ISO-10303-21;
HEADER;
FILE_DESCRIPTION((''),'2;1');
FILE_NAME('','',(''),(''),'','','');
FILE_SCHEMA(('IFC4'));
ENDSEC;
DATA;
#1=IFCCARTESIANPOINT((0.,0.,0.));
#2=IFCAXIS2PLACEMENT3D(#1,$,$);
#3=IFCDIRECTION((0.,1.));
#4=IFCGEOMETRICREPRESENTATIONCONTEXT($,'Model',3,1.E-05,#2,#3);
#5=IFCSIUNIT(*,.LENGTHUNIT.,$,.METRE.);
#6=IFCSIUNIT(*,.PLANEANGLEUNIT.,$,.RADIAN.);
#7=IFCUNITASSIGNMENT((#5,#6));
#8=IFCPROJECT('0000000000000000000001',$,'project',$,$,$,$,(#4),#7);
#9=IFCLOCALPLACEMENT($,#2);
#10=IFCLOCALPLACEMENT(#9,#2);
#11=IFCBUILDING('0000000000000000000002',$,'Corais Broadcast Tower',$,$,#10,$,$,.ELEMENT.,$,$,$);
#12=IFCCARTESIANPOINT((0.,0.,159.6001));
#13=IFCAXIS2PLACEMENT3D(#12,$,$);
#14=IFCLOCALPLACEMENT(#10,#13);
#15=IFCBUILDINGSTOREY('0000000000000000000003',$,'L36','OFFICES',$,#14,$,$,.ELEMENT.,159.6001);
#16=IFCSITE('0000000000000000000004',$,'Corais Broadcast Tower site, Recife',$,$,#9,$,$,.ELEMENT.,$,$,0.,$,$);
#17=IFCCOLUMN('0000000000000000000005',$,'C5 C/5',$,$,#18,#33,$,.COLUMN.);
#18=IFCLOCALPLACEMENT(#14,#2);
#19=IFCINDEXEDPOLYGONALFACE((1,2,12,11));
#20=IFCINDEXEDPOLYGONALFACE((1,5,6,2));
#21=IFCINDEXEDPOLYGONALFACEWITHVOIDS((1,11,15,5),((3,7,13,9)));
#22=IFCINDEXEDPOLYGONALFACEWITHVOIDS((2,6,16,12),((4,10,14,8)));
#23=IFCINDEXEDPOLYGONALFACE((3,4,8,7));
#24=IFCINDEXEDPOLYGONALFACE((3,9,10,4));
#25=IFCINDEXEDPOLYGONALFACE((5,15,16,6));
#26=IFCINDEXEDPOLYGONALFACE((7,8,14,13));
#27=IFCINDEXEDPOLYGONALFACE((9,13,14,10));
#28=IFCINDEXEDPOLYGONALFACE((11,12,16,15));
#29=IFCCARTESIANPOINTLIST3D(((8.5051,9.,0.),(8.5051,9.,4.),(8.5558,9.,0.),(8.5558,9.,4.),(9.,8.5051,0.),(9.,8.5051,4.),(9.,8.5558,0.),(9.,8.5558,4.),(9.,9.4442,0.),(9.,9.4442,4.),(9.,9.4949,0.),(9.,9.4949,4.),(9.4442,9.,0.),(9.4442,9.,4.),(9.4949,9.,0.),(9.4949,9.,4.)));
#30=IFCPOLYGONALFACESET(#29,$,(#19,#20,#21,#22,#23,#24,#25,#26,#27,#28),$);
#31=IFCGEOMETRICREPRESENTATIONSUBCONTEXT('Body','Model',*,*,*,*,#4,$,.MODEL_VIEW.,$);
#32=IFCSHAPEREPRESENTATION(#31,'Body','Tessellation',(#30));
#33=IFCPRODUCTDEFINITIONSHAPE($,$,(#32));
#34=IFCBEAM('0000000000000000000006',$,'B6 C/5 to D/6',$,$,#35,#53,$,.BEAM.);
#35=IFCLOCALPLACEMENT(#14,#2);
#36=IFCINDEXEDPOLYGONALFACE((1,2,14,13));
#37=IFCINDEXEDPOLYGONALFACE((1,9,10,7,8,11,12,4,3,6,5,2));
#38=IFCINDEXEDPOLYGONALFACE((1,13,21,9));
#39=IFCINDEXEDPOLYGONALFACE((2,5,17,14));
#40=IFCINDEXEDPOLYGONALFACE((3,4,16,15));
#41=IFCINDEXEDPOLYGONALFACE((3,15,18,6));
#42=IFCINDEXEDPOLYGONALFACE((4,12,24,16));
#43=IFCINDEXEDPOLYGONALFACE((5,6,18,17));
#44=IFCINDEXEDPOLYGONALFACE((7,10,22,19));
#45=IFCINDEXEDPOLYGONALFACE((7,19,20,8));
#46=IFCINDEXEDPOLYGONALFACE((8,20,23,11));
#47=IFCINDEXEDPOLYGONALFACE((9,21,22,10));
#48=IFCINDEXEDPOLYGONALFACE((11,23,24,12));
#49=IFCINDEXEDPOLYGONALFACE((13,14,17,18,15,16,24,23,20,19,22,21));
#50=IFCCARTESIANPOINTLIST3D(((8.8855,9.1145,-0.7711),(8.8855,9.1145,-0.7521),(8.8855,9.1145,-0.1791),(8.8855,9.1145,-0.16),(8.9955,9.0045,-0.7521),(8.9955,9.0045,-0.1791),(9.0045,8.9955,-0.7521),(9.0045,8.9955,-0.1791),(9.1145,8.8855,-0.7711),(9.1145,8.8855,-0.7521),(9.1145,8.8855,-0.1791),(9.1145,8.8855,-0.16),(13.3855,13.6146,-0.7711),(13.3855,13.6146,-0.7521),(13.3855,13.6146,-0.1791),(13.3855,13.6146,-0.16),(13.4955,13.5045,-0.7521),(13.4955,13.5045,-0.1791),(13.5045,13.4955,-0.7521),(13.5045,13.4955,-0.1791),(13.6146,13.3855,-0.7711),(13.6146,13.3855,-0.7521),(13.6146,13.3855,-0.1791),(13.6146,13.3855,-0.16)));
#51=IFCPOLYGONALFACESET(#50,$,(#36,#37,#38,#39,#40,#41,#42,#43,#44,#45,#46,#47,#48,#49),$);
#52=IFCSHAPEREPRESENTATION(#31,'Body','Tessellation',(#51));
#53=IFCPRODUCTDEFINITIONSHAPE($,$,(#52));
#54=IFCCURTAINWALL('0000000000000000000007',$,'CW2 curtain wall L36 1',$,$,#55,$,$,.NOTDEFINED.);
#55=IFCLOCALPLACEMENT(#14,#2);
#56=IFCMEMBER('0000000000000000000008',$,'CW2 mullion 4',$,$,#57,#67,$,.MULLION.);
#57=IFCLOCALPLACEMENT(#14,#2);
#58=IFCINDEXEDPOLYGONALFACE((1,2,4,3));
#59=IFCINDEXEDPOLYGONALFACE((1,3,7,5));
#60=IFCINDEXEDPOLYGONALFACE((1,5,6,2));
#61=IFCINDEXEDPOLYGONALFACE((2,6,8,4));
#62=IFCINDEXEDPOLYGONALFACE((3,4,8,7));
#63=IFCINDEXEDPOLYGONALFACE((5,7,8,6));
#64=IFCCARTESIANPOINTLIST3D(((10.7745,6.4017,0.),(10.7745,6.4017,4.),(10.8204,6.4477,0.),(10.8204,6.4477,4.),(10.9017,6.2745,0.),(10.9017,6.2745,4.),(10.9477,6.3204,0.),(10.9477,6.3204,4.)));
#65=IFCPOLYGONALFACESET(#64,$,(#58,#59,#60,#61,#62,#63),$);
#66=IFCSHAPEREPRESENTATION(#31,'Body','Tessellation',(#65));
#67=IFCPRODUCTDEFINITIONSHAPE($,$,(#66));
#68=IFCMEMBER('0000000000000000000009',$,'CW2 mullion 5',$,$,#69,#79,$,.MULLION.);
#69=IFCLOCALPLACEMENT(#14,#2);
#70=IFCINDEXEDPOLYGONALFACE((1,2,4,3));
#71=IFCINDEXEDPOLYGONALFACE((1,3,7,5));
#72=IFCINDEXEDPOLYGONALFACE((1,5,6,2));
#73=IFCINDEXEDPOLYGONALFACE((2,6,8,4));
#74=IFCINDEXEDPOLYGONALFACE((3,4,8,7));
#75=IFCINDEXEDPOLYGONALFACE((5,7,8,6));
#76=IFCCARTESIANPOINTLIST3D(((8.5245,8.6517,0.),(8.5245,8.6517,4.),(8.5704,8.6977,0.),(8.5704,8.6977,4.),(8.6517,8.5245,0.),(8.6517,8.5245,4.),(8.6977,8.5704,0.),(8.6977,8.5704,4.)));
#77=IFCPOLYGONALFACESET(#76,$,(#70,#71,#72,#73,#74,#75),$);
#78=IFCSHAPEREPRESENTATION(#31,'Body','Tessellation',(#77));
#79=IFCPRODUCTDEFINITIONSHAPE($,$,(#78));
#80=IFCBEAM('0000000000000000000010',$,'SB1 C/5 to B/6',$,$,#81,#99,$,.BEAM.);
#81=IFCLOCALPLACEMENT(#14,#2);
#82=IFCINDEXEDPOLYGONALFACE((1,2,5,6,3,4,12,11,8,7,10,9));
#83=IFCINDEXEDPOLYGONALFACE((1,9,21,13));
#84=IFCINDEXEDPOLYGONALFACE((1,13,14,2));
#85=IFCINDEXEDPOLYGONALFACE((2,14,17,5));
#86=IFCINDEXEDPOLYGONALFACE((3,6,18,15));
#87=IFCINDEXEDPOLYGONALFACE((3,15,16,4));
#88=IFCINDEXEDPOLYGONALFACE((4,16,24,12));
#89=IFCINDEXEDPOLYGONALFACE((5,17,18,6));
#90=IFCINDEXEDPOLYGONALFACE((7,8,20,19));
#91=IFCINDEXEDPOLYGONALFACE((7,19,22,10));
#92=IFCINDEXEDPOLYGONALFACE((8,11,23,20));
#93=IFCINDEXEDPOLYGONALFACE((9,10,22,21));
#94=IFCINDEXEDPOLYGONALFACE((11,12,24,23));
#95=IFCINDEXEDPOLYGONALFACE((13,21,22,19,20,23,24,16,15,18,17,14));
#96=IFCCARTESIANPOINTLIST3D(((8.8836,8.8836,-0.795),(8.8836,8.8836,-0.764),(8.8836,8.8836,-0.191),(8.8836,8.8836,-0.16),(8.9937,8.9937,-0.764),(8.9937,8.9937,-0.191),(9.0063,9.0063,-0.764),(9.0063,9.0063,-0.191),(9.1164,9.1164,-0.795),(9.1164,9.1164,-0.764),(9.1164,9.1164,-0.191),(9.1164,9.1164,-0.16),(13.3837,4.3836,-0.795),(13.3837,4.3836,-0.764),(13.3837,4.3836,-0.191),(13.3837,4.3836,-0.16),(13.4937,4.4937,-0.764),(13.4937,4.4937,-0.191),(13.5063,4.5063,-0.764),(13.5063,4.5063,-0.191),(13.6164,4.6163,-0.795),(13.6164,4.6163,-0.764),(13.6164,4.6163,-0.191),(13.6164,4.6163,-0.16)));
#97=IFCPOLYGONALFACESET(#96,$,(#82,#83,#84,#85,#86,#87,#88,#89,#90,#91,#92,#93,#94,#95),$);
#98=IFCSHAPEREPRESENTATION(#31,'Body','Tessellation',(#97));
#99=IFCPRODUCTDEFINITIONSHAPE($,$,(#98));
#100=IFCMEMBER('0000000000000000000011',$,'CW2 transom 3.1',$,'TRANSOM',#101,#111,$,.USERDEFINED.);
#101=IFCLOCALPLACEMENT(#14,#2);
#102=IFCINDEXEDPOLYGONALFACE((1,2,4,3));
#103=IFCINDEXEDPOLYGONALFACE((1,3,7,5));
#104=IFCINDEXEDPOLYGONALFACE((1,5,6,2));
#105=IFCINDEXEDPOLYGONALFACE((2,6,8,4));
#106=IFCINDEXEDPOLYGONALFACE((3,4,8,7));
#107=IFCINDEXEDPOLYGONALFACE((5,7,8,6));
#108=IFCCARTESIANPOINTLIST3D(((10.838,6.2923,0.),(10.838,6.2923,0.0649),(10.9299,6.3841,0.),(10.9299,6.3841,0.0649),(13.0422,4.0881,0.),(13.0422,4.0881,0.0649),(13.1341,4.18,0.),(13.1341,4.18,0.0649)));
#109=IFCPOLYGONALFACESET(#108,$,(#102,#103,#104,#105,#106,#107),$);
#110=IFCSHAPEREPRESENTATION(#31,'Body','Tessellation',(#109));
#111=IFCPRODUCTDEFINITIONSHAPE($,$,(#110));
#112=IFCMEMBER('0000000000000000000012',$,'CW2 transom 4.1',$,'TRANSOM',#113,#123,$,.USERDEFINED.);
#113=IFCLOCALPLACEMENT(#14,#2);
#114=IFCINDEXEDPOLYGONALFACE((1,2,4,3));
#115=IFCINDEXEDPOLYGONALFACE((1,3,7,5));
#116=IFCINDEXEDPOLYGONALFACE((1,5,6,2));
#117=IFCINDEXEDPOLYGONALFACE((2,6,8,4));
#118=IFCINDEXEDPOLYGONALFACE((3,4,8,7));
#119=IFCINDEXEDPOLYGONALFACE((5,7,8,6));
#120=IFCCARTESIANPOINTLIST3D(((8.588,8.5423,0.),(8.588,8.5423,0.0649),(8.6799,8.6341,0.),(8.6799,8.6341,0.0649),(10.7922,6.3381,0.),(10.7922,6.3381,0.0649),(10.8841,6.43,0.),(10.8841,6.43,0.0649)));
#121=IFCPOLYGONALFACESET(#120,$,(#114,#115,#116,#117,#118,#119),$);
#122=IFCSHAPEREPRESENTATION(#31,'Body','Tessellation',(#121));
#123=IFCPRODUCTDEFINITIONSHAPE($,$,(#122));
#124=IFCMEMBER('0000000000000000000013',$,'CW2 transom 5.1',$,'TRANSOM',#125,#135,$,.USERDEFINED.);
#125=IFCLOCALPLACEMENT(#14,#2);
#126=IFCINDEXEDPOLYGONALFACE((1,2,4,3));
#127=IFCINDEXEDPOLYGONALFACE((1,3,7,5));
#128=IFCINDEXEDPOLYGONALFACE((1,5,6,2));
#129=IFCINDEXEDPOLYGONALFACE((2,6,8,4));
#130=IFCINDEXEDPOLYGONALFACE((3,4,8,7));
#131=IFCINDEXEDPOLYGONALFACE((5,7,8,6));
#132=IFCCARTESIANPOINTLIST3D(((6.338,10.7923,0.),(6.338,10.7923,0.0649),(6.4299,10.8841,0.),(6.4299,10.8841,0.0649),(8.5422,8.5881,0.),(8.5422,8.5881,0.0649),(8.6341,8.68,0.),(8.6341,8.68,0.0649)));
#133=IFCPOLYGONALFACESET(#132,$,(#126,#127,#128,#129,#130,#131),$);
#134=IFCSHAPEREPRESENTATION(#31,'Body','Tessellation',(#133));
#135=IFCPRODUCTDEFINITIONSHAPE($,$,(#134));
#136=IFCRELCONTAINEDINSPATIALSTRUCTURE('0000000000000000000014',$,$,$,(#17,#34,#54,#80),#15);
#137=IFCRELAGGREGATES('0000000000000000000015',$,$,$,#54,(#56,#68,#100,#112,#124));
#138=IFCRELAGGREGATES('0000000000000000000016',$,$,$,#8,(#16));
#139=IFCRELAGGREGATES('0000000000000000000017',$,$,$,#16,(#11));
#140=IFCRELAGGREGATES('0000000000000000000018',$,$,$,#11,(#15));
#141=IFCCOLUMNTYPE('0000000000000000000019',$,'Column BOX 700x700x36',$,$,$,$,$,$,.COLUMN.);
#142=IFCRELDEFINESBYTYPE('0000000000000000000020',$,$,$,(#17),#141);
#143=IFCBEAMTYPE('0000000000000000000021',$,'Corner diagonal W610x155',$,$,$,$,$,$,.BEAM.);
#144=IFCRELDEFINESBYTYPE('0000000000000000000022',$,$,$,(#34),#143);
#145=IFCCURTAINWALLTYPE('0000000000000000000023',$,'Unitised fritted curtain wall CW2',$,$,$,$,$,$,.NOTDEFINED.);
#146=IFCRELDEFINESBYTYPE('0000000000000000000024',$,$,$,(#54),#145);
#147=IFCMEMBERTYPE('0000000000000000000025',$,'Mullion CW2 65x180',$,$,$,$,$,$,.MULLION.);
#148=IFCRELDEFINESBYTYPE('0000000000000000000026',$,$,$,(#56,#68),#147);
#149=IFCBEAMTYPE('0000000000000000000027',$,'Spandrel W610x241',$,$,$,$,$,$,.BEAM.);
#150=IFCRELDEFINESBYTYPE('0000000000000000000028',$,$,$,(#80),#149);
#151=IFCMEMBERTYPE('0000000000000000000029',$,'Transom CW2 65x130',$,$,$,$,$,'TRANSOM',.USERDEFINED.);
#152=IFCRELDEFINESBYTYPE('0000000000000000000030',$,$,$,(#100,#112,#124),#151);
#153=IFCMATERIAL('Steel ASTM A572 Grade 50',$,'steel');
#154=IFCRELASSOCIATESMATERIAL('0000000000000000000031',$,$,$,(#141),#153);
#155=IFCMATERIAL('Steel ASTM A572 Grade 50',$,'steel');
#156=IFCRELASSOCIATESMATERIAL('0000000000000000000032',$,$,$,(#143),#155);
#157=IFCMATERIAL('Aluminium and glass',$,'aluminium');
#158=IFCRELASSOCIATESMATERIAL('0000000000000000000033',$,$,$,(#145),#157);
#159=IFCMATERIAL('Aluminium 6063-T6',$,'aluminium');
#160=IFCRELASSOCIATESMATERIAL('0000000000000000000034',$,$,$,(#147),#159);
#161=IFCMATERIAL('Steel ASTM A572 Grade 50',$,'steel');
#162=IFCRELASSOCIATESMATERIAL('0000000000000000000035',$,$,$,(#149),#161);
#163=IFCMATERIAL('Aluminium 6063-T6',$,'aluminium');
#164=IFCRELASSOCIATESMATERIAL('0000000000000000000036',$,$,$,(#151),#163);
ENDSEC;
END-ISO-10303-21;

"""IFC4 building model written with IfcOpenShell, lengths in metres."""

from ifc_helpers import new_model, si_unit, direction, frame, origin, origin_2d, place, context, subcontext, project, spatial, rectangle, hollow_rectangle, i_section, extrude, material, material_profile, profile_set, type_object, element, aggregate, save


model = new_model("IFC4")

# Units and contexts
model_context = context("Model", 3, precision=1e-05, world=origin(), true_north=direction((0.0, 1.0)))
body_context = subcontext(model_context, "Body", "Model", "MODEL_VIEW")
ifc_project = project(units=[si_unit("LENGTHUNIT", "METRE"), si_unit("PLANEANGLEUNIT", "RADIAN")], contexts=[model_context])

# Site, building, storey
site_placement = place(None, origin())
site = spatial("IfcSite", under=ifc_project, at=site_placement, Name="Corais Broadcast Tower site, Recife", CompositionType="ELEMENT", RefElevation=0.0)
building_placement = place(site_placement, origin())
building = spatial("IfcBuilding", under=site, at=building_placement, Name="Corais Broadcast Tower", CompositionType="ELEMENT")
storey_placement = place(building_placement, frame((0.0, 0.0, 159.6001)))
storey = spatial("IfcBuildingStorey", under=building, at=storey_placement, Name="L36", Description="OFFICES", CompositionType="ELEMENT", Elevation=159.6001)

# Column
ifc_material_1 = material(Name="Steel ASTM A572 Grade 50", Category="steel")
ifc_material_profile_1 = material_profile(ifc_material_1, hollow_rectangle(XDim=0.7, YDim=0.7, WallThickness=0.0359, at=origin_2d()), Name="BOX 700x700x36")
ifc_profile_set_1 = profile_set([ifc_material_profile_1], Name="Steel ASTM A572 Grade 50")
column_type = type_object("IfcColumnType", Name="Column BOX 700x700x36", PredefinedType="COLUMN", material=ifc_profile_set_1)
column_placement = place(storey_placement, frame((9.0, 9.0, 0.0), z_axis=(0.0, 0.0, 1.0), x_axis=(0.707107, 0.707107, 0.0)))
element("IfcColumn", 1, at=column_placement, inside=storey, type_object=column_type, Name="C5 C/5", PredefinedType="COLUMN", context=body_context, shape_type="SweptSolid", body=[
    extrude(hollow_rectangle(XDim=0.7, YDim=0.7, WallThickness=0.0359, at=origin_2d()), origin(), (0.0, 0.0, 1.0), 4.0),
])

# Beam
ifc_material_2 = material(Name="Steel ASTM A572 Grade 50", Category="steel")
ifc_material_profile_2 = material_profile(ifc_material_2, i_section(OverallWidth=0.324, OverallDepth=0.6111, WebThickness=0.0127, FlangeThickness=0.019, at=origin_2d()), Name="W610x155")
ifc_profile_set_2 = profile_set([ifc_material_profile_2], Name="Steel ASTM A572 Grade 50")
beam_type_1 = type_object("IfcBeamType", Name="Corner diagonal W610x155", PredefinedType="BEAM", material=ifc_profile_set_2)
beam_1_placement = place(storey_placement, frame((9.0, 9.0, -0.4656), z_axis=(0.707107, 0.707107, 0.0), x_axis=(-0.707107, 0.707107, 0.0)))
element("IfcBeam", 2, at=beam_1_placement, inside=storey, type_object=beam_type_1, Name="B6 C/5 to D/6", PredefinedType="BEAM", context=body_context, shape_type="SweptSolid", body=[
    extrude(i_section(OverallWidth=0.324, OverallDepth=0.6111, WebThickness=0.0127, FlangeThickness=0.019, at=origin_2d()), origin(), (0.0, 0.0, 1.0), 6.364),
])

# Curtain wall, members
ifc_material_3 = material(Name="Aluminium and glass", Category="aluminium")
curtain_wall_type = type_object("IfcCurtainWallType", Name="Unitised fritted curtain wall CW2", PredefinedType="NOTDEFINED", material=ifc_material_3)
curtain_wall_placement = place(storey_placement, origin())
curtain_wall = element("IfcCurtainWall", 3, at=curtain_wall_placement, inside=storey, type_object=curtain_wall_type, Name="CW2 curtain wall L36 1", PredefinedType="NOTDEFINED")
ifc_material_4 = material(Name="Aluminium 6063-T6", Category="aluminium")
ifc_material_profile_3 = material_profile(ifc_material_4, rectangle(XDim=0.0649, YDim=0.1799, at=origin_2d()), Name="Mullion CW2 65x180")
ifc_profile_set_3 = profile_set([ifc_material_profile_3], Name="Aluminium 6063-T6")
member_type_1 = type_object("IfcMemberType", Name="Mullion CW2 65x180", PredefinedType="MULLION", material=ifc_profile_set_3)
member_1_placement = place(storey_placement, frame((10.8611, 6.3611, 0.0), z_axis=(0.0, 0.0, 1.0), x_axis=(-0.707107, -0.707107, 0.0)))
member_1 = element("IfcMember", 4, at=member_1_placement, type_object=member_type_1, Name="CW2 mullion 4", PredefinedType="MULLION", context=body_context, shape_type="SweptSolid", body=[
    extrude(rectangle(XDim=0.0649, YDim=0.1799, at=origin_2d()), origin(), (0.0, 0.0, 1.0), 4.0),
])
member_2_placement = place(storey_placement, frame((8.6111, 8.6111, 0.0), z_axis=(0.0, 0.0, 1.0), x_axis=(-0.707107, -0.707107, 0.0)))
member_2 = element("IfcMember", 5, at=member_2_placement, type_object=member_type_1, Name="CW2 mullion 5", PredefinedType="MULLION", context=body_context, shape_type="SweptSolid", body=[
    extrude(rectangle(XDim=0.0649, YDim=0.1799, at=origin_2d()), origin(), (0.0, 0.0, 1.0), 4.0),
])

# Beam
ifc_material_5 = material(Name="Steel ASTM A572 Grade 50", Category="steel")
ifc_material_profile_4 = material_profile(ifc_material_5, i_section(OverallWidth=0.3291, OverallDepth=0.635, WebThickness=0.0178, FlangeThickness=0.031, at=origin_2d()), Name="W610x241")
ifc_profile_set_4 = profile_set([ifc_material_profile_4], Name="Steel ASTM A572 Grade 50")
beam_type_2 = type_object("IfcBeamType", Name="Spandrel W610x241", PredefinedType="BEAM", material=ifc_profile_set_4)
beam_2_placement = place(storey_placement, frame((9.0, 9.0, -0.4775), z_axis=(0.707107, -0.707107, 0.0), x_axis=(0.707107, 0.707107, 0.0)))
element("IfcBeam", 6, at=beam_2_placement, inside=storey, type_object=beam_type_2, Name="SB1 C/5 to B/6", PredefinedType="BEAM", context=body_context, shape_type="SweptSolid", body=[
    extrude(i_section(OverallWidth=0.3291, OverallDepth=0.635, WebThickness=0.0178, FlangeThickness=0.031, at=origin_2d()), origin(), (0.0, 0.0, 1.0), 6.364),
])

# Members
ifc_material_6 = material(Name="Aluminium 6063-T6", Category="aluminium")
ifc_material_profile_5 = material_profile(ifc_material_6, rectangle(XDim=0.1299, YDim=0.0649, at=origin_2d()), Name="Transom CW2 65x130")
ifc_profile_set_5 = profile_set([ifc_material_profile_5], Name="Aluminium 6063-T6")
member_type_2 = type_object("IfcMemberType", Name="Transom CW2 65x130", ElementType="TRANSOM", PredefinedType="USERDEFINED", material=ifc_profile_set_5)
member_3_placement = place(storey_placement, frame((13.0881, 4.134, 0.0325), z_axis=(-0.707107, 0.707107, 0.0), x_axis=(-0.707107, -0.707107, 0.0)))
member_3 = element("IfcMember", 7, at=member_3_placement, type_object=member_type_2, Name="CW2 transom 3.1", ObjectType="TRANSOM", PredefinedType="USERDEFINED", context=body_context, shape_type="SweptSolid", body=[
    extrude(rectangle(XDim=0.1299, YDim=0.0649, at=origin_2d()), origin(), (0.0, 0.0, 1.0), 3.1172),
])
member_4_placement = place(storey_placement, frame((10.8381, 6.384, 0.0325), z_axis=(-0.707107, 0.707107, 0.0), x_axis=(-0.707107, -0.707107, 0.0)))
member_4 = element("IfcMember", 8, at=member_4_placement, type_object=member_type_2, Name="CW2 transom 4.1", ObjectType="TRANSOM", PredefinedType="USERDEFINED", context=body_context, shape_type="SweptSolid", body=[
    extrude(rectangle(XDim=0.1299, YDim=0.0649, at=origin_2d()), origin(), (0.0, 0.0, 1.0), 3.1172),
])
member_5_placement = place(storey_placement, frame((8.5881, 8.634, 0.0325), z_axis=(-0.707107, 0.707107, 0.0), x_axis=(-0.707107, -0.707107, 0.0)))
member_5 = element("IfcMember", 9, at=member_5_placement, type_object=member_type_2, Name="CW2 transom 5.1", ObjectType="TRANSOM", PredefinedType="USERDEFINED", context=body_context, shape_type="SweptSolid", body=[
    extrude(rectangle(XDim=0.1299, YDim=0.0649, at=origin_2d()), origin(), (0.0, 0.0, 1.0), 3.1172),
])

aggregate(curtain_wall, [member_1, member_2, member_3, member_4, member_5])

save(model, "model.ifc")
